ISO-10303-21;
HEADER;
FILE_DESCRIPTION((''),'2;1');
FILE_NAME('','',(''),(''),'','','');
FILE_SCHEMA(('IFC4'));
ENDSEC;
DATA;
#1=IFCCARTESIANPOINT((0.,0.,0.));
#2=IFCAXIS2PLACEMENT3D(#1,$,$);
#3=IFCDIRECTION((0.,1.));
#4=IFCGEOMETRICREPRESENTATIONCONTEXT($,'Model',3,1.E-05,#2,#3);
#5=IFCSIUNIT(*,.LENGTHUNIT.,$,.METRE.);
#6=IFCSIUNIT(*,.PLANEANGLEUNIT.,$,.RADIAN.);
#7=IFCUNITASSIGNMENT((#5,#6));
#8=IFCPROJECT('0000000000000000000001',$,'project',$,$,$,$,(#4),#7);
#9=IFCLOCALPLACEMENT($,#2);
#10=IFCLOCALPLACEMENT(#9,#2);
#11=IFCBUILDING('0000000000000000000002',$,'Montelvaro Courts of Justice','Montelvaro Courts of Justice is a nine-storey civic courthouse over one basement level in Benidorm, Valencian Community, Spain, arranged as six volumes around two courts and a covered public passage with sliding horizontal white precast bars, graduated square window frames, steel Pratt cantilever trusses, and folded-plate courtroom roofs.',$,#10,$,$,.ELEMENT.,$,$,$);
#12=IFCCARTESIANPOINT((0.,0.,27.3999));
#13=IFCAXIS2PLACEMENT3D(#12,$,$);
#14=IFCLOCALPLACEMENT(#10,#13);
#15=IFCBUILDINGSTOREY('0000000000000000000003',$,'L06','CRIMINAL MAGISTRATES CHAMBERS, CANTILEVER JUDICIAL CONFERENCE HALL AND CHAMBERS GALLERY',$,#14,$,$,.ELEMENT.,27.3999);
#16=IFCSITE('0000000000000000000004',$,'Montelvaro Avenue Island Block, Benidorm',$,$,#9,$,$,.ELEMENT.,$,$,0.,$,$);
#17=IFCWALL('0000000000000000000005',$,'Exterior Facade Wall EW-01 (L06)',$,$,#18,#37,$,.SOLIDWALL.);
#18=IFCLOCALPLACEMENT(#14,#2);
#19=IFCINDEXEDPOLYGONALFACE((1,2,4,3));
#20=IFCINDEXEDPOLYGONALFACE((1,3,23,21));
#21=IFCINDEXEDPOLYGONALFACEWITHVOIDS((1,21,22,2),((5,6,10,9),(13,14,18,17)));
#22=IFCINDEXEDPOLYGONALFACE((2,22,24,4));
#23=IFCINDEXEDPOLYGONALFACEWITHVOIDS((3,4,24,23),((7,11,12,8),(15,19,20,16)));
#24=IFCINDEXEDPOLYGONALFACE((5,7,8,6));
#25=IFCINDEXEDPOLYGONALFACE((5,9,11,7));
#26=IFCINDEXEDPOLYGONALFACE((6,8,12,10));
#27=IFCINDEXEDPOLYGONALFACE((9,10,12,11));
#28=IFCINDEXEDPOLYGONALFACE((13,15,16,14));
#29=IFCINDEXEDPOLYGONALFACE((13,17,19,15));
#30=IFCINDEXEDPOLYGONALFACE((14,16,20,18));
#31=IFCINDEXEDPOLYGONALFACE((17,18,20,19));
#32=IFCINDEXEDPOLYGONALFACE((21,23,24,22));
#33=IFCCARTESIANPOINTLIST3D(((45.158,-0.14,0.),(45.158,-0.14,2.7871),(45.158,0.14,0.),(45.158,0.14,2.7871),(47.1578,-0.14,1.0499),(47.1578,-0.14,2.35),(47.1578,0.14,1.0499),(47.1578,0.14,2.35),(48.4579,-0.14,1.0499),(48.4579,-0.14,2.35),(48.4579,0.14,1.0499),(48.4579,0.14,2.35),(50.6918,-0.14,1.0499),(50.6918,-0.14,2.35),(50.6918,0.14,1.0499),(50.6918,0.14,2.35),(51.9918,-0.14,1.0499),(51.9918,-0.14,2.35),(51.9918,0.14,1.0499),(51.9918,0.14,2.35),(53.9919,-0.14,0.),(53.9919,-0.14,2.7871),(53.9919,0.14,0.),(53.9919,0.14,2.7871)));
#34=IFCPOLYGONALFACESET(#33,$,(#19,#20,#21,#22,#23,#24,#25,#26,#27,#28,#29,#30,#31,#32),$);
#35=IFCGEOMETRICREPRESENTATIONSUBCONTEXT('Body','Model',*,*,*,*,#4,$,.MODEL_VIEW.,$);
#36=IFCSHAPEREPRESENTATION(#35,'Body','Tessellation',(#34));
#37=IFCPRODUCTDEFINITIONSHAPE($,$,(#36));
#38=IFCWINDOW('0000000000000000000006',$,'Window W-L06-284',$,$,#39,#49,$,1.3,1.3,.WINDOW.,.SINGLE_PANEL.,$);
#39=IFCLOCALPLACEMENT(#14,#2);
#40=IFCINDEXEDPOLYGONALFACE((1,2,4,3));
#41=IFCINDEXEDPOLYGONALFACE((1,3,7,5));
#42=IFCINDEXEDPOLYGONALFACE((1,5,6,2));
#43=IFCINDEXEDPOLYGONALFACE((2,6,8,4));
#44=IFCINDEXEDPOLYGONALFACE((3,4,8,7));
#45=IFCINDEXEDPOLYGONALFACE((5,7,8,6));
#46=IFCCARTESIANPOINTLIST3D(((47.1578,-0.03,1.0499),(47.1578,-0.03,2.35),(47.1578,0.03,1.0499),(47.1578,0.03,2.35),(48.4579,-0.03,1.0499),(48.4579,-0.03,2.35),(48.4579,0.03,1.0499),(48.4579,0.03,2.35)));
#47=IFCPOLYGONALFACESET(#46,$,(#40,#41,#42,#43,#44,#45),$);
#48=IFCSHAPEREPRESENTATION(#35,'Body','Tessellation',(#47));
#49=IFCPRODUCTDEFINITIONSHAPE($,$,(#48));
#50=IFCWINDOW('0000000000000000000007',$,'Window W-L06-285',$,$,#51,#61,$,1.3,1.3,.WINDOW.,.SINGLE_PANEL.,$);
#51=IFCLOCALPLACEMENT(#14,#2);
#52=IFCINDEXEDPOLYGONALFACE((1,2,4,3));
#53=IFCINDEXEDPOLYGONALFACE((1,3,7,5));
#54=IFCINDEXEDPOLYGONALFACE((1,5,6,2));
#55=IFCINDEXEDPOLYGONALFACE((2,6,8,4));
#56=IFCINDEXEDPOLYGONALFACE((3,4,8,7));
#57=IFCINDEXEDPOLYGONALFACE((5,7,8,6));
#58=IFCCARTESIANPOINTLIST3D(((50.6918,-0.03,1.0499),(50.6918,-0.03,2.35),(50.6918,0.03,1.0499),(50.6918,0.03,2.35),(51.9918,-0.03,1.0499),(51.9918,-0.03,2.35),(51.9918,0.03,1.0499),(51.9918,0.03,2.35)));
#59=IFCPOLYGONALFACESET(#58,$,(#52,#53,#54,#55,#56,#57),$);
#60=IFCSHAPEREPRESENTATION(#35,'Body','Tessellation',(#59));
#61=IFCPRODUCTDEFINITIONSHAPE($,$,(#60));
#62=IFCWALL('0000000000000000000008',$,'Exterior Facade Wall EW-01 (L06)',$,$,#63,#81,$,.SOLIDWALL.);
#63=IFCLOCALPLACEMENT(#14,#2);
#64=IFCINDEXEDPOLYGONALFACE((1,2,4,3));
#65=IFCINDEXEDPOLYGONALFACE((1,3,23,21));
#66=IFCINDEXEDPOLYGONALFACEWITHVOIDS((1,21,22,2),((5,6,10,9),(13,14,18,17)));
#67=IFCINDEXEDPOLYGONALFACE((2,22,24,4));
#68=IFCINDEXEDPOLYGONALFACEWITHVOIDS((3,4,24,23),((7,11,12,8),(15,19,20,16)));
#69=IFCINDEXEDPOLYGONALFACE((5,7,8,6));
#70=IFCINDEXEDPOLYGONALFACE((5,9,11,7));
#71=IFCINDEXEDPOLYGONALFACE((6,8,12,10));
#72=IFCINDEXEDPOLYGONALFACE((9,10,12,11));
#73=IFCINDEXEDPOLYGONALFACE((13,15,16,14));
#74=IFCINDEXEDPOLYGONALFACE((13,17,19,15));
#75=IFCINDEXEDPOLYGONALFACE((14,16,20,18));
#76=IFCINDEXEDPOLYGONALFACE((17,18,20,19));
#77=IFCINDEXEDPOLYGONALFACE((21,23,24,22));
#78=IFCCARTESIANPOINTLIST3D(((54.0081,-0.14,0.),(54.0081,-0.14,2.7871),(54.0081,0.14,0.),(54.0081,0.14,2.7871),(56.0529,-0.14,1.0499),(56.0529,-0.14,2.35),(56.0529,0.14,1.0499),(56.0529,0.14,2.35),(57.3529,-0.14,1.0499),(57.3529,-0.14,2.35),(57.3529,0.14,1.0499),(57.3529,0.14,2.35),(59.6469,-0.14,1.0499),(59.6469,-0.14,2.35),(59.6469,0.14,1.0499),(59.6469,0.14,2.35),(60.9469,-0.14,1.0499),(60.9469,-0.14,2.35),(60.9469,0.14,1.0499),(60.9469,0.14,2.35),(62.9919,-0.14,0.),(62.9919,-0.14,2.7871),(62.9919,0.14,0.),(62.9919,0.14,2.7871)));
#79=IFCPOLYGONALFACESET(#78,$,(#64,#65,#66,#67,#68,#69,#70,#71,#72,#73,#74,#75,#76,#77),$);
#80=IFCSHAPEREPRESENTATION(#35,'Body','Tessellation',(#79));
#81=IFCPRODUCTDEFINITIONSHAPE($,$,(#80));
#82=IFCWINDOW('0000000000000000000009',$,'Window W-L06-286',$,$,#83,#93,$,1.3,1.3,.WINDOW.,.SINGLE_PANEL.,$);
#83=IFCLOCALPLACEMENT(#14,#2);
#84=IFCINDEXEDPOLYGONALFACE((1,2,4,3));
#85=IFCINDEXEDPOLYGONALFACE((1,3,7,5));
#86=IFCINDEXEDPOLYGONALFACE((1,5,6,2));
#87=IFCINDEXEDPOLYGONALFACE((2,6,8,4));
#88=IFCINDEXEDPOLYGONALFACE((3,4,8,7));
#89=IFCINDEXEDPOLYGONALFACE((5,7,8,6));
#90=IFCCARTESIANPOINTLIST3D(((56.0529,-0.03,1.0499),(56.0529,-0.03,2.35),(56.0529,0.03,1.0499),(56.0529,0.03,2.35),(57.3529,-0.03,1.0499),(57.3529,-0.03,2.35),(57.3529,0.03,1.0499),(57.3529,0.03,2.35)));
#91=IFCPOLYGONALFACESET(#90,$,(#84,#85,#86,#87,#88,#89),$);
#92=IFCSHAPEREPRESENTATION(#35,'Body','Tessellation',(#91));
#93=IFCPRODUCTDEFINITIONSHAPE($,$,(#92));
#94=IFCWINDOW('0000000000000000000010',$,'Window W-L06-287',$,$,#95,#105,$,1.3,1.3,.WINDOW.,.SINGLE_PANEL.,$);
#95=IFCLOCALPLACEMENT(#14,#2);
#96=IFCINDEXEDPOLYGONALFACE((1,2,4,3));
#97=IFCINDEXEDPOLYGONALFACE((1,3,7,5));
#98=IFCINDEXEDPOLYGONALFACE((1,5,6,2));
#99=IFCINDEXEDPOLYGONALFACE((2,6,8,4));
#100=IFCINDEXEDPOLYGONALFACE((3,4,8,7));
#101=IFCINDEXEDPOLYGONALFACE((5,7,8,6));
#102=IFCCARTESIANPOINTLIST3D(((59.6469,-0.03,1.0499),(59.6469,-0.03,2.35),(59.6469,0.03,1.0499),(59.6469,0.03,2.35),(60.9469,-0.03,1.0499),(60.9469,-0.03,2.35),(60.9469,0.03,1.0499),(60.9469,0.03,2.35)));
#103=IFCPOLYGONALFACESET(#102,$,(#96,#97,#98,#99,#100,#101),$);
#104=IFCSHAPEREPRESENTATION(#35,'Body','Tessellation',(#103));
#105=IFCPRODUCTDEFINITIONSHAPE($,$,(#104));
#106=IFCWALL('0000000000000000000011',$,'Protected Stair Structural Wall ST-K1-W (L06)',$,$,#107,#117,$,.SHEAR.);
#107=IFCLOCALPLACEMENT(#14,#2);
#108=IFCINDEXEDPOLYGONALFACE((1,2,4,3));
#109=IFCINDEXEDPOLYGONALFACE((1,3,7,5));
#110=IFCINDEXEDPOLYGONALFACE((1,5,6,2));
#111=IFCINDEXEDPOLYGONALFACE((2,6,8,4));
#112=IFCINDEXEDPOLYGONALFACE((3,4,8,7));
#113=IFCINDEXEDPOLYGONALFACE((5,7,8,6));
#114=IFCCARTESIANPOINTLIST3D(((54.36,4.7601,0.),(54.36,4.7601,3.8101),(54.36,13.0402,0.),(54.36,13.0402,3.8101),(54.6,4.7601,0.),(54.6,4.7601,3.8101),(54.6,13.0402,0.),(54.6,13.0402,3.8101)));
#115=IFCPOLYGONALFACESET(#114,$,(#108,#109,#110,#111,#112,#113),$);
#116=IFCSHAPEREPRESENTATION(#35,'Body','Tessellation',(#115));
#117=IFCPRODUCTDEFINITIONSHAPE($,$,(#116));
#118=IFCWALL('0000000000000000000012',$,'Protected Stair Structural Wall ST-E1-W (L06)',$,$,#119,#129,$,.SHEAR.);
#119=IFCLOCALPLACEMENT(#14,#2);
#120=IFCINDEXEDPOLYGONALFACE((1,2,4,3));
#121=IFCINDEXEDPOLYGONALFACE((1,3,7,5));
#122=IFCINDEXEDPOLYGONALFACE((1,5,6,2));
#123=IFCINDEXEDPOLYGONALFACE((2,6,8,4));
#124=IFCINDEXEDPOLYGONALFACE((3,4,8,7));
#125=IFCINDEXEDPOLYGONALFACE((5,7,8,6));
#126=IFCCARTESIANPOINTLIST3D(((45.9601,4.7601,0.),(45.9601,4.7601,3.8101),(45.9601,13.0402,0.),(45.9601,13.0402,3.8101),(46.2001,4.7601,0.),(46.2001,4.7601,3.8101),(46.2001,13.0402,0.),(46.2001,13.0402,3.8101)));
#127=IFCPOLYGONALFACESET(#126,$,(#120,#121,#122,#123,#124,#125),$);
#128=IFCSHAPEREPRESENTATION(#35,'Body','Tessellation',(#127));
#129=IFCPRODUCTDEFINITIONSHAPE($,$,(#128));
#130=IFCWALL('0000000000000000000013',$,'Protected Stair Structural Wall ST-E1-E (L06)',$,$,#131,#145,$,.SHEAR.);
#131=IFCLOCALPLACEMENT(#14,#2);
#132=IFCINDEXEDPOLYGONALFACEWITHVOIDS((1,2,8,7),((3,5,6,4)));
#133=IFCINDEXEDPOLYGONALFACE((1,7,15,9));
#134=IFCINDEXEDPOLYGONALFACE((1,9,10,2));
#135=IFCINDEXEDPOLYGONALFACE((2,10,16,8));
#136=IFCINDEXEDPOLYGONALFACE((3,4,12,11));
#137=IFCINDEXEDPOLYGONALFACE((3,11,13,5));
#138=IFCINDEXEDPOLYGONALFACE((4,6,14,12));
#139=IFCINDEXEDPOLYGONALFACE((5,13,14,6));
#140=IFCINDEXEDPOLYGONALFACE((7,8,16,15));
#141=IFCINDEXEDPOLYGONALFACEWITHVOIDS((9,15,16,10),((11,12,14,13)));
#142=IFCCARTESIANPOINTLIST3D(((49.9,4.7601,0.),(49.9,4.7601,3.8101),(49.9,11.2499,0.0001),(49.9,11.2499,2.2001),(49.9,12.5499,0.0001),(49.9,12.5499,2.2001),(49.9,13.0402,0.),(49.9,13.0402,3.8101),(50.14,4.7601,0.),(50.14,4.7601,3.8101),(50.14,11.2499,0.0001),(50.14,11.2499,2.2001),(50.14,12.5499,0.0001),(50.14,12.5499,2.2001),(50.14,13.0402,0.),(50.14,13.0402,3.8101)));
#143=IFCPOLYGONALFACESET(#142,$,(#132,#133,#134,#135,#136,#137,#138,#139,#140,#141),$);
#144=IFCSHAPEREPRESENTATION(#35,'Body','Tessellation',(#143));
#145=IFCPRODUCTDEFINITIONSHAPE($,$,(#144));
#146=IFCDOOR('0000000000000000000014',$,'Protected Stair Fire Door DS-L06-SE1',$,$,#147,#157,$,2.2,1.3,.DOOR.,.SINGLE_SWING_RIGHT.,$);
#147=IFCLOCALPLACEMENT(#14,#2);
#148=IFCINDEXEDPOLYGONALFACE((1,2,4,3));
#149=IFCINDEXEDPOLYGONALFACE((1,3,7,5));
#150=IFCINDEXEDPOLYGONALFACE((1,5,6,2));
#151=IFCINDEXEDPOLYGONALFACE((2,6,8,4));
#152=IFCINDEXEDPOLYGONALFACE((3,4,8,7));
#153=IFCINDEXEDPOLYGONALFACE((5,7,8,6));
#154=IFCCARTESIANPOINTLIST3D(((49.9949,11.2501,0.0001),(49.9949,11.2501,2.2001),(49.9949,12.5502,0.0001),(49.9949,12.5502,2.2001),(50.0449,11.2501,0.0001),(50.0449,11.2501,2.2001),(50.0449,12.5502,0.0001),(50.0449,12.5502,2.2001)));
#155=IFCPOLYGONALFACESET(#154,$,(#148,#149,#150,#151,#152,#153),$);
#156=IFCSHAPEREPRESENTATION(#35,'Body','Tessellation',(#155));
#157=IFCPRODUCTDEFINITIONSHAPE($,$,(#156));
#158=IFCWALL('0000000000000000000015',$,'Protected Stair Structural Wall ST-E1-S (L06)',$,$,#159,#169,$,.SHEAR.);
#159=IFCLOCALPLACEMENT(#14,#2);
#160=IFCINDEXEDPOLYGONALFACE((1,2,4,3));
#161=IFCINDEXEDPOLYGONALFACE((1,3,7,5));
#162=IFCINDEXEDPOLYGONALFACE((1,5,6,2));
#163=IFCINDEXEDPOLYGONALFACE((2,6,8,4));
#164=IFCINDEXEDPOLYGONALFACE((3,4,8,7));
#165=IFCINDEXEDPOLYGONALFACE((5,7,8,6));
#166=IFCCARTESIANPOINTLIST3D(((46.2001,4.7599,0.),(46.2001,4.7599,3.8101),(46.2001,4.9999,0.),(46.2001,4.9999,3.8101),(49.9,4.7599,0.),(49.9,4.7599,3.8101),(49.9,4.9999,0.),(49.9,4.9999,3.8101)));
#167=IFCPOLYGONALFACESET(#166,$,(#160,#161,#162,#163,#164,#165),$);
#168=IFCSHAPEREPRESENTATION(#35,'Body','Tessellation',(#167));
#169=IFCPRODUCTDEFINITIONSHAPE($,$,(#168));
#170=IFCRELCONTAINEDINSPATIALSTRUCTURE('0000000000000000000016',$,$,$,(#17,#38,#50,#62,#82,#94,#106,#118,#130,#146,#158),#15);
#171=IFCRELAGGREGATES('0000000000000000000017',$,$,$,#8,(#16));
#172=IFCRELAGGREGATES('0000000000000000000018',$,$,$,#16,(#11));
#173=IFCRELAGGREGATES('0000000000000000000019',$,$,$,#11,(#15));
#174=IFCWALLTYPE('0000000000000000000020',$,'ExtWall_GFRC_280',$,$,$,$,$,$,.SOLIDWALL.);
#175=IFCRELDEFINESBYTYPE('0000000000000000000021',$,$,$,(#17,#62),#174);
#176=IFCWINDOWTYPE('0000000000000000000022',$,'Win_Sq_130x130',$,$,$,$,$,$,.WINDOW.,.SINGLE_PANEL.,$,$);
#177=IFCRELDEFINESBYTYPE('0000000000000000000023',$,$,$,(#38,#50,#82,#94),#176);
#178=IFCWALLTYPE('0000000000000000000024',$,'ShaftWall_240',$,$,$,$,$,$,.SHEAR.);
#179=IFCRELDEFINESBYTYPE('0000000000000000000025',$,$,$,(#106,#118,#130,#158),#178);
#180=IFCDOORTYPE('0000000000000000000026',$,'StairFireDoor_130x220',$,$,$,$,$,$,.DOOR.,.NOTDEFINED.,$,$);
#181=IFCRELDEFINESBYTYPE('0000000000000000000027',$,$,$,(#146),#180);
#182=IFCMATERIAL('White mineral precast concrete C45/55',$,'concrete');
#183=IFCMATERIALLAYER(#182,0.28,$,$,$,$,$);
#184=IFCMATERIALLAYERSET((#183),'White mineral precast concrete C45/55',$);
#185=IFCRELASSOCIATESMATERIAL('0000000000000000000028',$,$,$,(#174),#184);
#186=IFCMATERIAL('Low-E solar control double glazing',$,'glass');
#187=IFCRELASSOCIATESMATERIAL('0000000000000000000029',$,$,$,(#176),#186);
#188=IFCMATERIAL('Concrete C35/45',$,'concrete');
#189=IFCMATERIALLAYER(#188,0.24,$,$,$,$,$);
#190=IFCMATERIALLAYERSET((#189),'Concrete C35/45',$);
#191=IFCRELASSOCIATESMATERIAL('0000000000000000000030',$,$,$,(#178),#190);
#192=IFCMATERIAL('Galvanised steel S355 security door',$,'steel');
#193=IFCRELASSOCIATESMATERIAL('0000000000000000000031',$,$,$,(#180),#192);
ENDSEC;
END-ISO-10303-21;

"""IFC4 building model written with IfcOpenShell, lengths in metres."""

from ifc_helpers import new_model, si_unit, direction, frame, frame_2d, origin, place, context, subcontext, project, spatial, rectangle, extrude, material, layer, layer_set, type_object, element, fill, save


model = new_model("IFC4")

# Units and contexts
model_context = context("Model", 3, precision=1e-05, world=origin(), true_north=direction((0.0, 1.0)))
body_context = subcontext(model_context, "Body", "Model", "MODEL_VIEW")
ifc_project = project(units=[si_unit("LENGTHUNIT", "METRE"), si_unit("PLANEANGLEUNIT", "RADIAN")], contexts=[model_context])

# Site, building, storey
site_placement = place(None, origin())
site = spatial("IfcSite", under=ifc_project, at=site_placement, Name="Montelvaro Avenue Island Block, Benidorm", CompositionType="ELEMENT", RefElevation=0.0)
building_placement = place(site_placement, origin())
building = spatial("IfcBuilding", under=site, at=building_placement, Name="Montelvaro Courts of Justice", Description="Montelvaro Courts of Justice is a nine-storey civic courthouse over one basement level in Benidorm, Valencian Community, Spain, arranged as six volumes around two courts and a covered public passage with sliding horizontal white precast bars, graduated square window frames, steel Pratt cantilever trusses, and folded-plate courtroom roofs.", CompositionType="ELEMENT")
storey_placement = place(building_placement, frame((0.0, 0.0, 27.3999)))
storey = spatial("IfcBuildingStorey", under=building, at=storey_placement, Name="L06", Description="CRIMINAL MAGISTRATES CHAMBERS, CANTILEVER JUDICIAL CONFERENCE HALL AND CHAMBERS GALLERY", CompositionType="ELEMENT", Elevation=27.3999)

# Shared definitions
ifc_material_1 = material(Name="White mineral precast concrete C45/55", Category="concrete")

# Walls, openings, windows
ifc_layer_1 = layer(ifc_material_1, 0.28)
ifc_layer_set_1 = layer_set([ifc_layer_1], Name="White mineral precast concrete C45/55")
wall_type_1 = type_object("IfcWallType", Name="ExtWall_GFRC_280", PredefinedType="SOLIDWALL", material=ifc_layer_set_1)
wall_1_placement = place(storey_placement, frame((45.158, 0.0, 0.0), z_axis=(0.0, 0.0, 1.0), x_axis=(1.0, 0.0, 0.0)))
wall_1 = element("IfcWall", 1, at=wall_1_placement, inside=storey, type_object=wall_type_1, Name="Exterior Facade Wall EW-01 (L06)", PredefinedType="SOLIDWALL", context=body_context, shape_type="SweptSolid", body=[
    extrude(rectangle(XDim=8.834, YDim=0.28, at=frame_2d((4.417, 0.0))), origin(), (0.0, 0.0, 1.0), 2.7871),
])
opening_1_placement = place(wall_1_placement, frame((2.0, 0.0, 1.05)))
opening_1 = element("IfcOpeningElement", 2, at=opening_1_placement, cuts=wall_1, PredefinedType="OPENING", context=body_context, shape_type="SweptSolid", body=[
    extrude(rectangle(XDim=1.3, YDim=1.3, at=frame_2d((0.6499, 0.6499))), frame((0.0, 0.1548, 0.0), z_axis=(0.0, -1.0, 0.0), x_axis=(1.0, 0.0, 0.0)), (0.0, 0.0, 1.0), 0.3098),
])
opening_2_placement = place(wall_1_placement, frame((5.5339, 0.0, 1.05)))
opening_2 = element("IfcOpeningElement", 3, at=opening_2_placement, cuts=wall_1, PredefinedType="OPENING", context=body_context, shape_type="SweptSolid", body=[
    extrude(rectangle(XDim=1.3, YDim=1.3, at=frame_2d((0.6499, 0.6499))), frame((0.0, 0.1548, 0.0), z_axis=(0.0, -1.0, 0.0), x_axis=(1.0, 0.0, 0.0)), (0.0, 0.0, 1.0), 0.3098),
])
ifc_material_2 = material(Name="Low-E solar control double glazing", Category="glass")
window_type = type_object("IfcWindowType", Name="Win_Sq_130x130", PartitioningType="SINGLE_PANEL", PredefinedType="WINDOW", material=ifc_material_2)
window_1_placement = place(opening_1_placement, origin())
window_1 = element("IfcWindow", 4, at=window_1_placement, inside=storey, type_object=window_type, Name="Window W-L06-284", OverallHeight=1.3, OverallWidth=1.3, PartitioningType="SINGLE_PANEL", PredefinedType="WINDOW", context=body_context, shape_type="SweptSolid", body=[
    extrude(rectangle(XDim=1.3, YDim=1.3, at=frame_2d((0.6499, 0.6499))), frame((0.0, 0.03, 0.0), z_axis=(0.0, -1.0, 0.0), x_axis=(1.0, 0.0, 0.0)), (0.0, 0.0, 1.0), 0.0601),
])
fill(opening_1, window_1)
window_2_placement = place(opening_2_placement, origin())
window_2 = element("IfcWindow", 5, at=window_2_placement, inside=storey, type_object=window_type, Name="Window W-L06-285", OverallHeight=1.3, OverallWidth=1.3, PartitioningType="SINGLE_PANEL", PredefinedType="WINDOW", context=body_context, shape_type="SweptSolid", body=[
    extrude(rectangle(XDim=1.3, YDim=1.3, at=frame_2d((0.6499, 0.6499))), frame((0.0, 0.03, 0.0), z_axis=(0.0, -1.0, 0.0), x_axis=(1.0, 0.0, 0.0)), (0.0, 0.0, 1.0), 0.0601),
])
fill(opening_2, window_2)
wall_2_placement = place(storey_placement, frame((54.0081, 0.0, 0.0), z_axis=(0.0, 0.0, 1.0), x_axis=(1.0, 0.0, 0.0)))
wall_2 = element("IfcWall", 6, at=wall_2_placement, inside=storey, type_object=wall_type_1, Name="Exterior Facade Wall EW-01 (L06)", PredefinedType="SOLIDWALL", context=body_context, shape_type="SweptSolid", body=[
    extrude(rectangle(XDim=8.9839, YDim=0.28, at=frame_2d((4.4919, 0.0))), origin(), (0.0, 0.0, 1.0), 2.7871),
])
opening_3_placement = place(wall_2_placement, frame((2.0449, 0.0, 1.05)))
opening_3 = element("IfcOpeningElement", 7, at=opening_3_placement, cuts=wall_2, PredefinedType="OPENING", context=body_context, shape_type="SweptSolid", body=[
    extrude(rectangle(XDim=1.3, YDim=1.3, at=frame_2d((0.6499, 0.6499))), frame((0.0, 0.1548, 0.0), z_axis=(0.0, -1.0, 0.0), x_axis=(1.0, 0.0, 0.0)), (0.0, 0.0, 1.0), 0.3098),
])
opening_4_placement = place(wall_2_placement, frame((5.6389, 0.0, 1.05)))
opening_4 = element("IfcOpeningElement", 8, at=opening_4_placement, cuts=wall_2, PredefinedType="OPENING", context=body_context, shape_type="SweptSolid", body=[
    extrude(rectangle(XDim=1.3, YDim=1.3, at=frame_2d((0.6499, 0.6499))), frame((0.0, 0.1548, 0.0), z_axis=(0.0, -1.0, 0.0), x_axis=(1.0, 0.0, 0.0)), (0.0, 0.0, 1.0), 0.3098),
])
window_3_placement = place(opening_3_placement, origin())
window_3 = element("IfcWindow", 9, at=window_3_placement, inside=storey, type_object=window_type, Name="Window W-L06-286", OverallHeight=1.3, OverallWidth=1.3, PartitioningType="SINGLE_PANEL", PredefinedType="WINDOW", context=body_context, shape_type="SweptSolid", body=[
    extrude(rectangle(XDim=1.3, YDim=1.3, at=frame_2d((0.6499, 0.6499))), frame((0.0, 0.03, 0.0), z_axis=(0.0, -1.0, 0.0), x_axis=(1.0, 0.0, 0.0)), (0.0, 0.0, 1.0), 0.0601),
])
fill(opening_3, window_3)
window_4_placement = place(opening_4_placement, origin())
window_4 = element("IfcWindow", 10, at=window_4_placement, inside=storey, type_object=window_type, Name="Window W-L06-287", OverallHeight=1.3, OverallWidth=1.3, PartitioningType="SINGLE_PANEL", PredefinedType="WINDOW", context=body_context, shape_type="SweptSolid", body=[
    extrude(rectangle(XDim=1.3, YDim=1.3, at=frame_2d((0.6499, 0.6499))), frame((0.0, 0.03, 0.0), z_axis=(0.0, -1.0, 0.0), x_axis=(1.0, 0.0, 0.0)), (0.0, 0.0, 1.0), 0.0601),
])
fill(opening_4, window_4)

# Walls
ifc_material_3 = material(Name="Concrete C35/45", Category="concrete")
ifc_layer_2 = layer(ifc_material_3, 0.24)
ifc_layer_set_2 = layer_set([ifc_layer_2], Name="Concrete C35/45")
wall_type_2 = type_object("IfcWallType", Name="ShaftWall_240", PredefinedType="SHEAR", material=ifc_layer_set_2)
for number, where, z_axis, x_axis, name in (
    (11, (54.48, 4.76, 0.0), (0.0, 0.0, 1.0), (0.0, 1.0, 0.0), "Protected Stair Structural Wall ST-K1-W (L06)"),
    (12, (46.0801, 4.76, 0.0), (0.0, 0.0, 1.0), (0.0, 1.0, 0.0), "Protected Stair Structural Wall ST-E1-W (L06)"),
):
    element("IfcWall", number, at=place(storey_placement, frame(where, z_axis=z_axis, x_axis=x_axis)), inside=storey, type_object=wall_type_2, Name=name, PredefinedType="SHEAR", context=body_context, shape_type="SweptSolid", body=[
        extrude(rectangle(XDim=8.28, YDim=0.24, at=frame_2d((4.1401, 0.0))), origin(), (0.0, 0.0, 1.0), 3.8101),
    ])

# Wall, opening, door
wall_3_placement = place(storey_placement, frame((50.02, 4.76, 0.0), z_axis=(0.0, 0.0, 1.0), x_axis=(0.0, 1.0, 0.0)))
wall_3 = element("IfcWall", 13, at=wall_3_placement, inside=storey, type_object=wall_type_2, Name="Protected Stair Structural Wall ST-E1-E (L06)", PredefinedType="SHEAR", context=body_context, shape_type="SweptSolid", body=[
    extrude(rectangle(XDim=8.28, YDim=0.24, at=frame_2d((4.1401, 0.0))), origin(), (0.0, 0.0, 1.0), 3.8101),
])
opening_5_placement = place(wall_3_placement, frame((6.49, 0.0, 0.0)))
opening_5 = element("IfcOpeningElement", 14, at=opening_5_placement, cuts=wall_3, PredefinedType="OPENING", context=body_context, shape_type="SweptSolid", body=[
    extrude(rectangle(XDim=1.3, YDim=2.2, at=frame_2d((0.6499, 1.1001))), frame((0.0, 0.1348, 0.0), z_axis=(0.0, -1.0, 0.0), x_axis=(1.0, 0.0, 0.0)), (0.0, 0.0, 1.0), 0.2698),
])
ifc_material_4 = material(Name="Galvanised steel S355 security door", Category="steel")
door_type_1 = type_object("IfcDoorType", Name="StairFireDoor_130x220", OperationType="NOTDEFINED", PredefinedType="DOOR", material=ifc_material_4)
door_1_placement = place(opening_5_placement, frame((1.3, 0.0, 0.0), z_axis=(0.0, 0.0, 1.0), x_axis=(-1.0, 0.0, 0.0)))
door_1 = element("IfcDoor", 15, at=door_1_placement, inside=storey, type_object=door_type_1, Name="Protected Stair Fire Door DS-L06-SE1", OperationType="SINGLE_SWING_RIGHT", OverallHeight=2.2, OverallWidth=1.3, PredefinedType="DOOR", context=body_context, shape_type="SweptSolid", body=[
    extrude(rectangle(XDim=1.3, YDim=2.2, at=frame_2d((0.6499, 1.1001))), frame((0.0, 0.0249, 0.0), z_axis=(0.0, -1.0, 0.0), x_axis=(1.0, 0.0, 0.0)), (0.0, 0.0, 1.0), 0.05),
])
fill(opening_5, door_1)

# Wall
wall_4_placement = place(storey_placement, frame((46.2, 4.8799, 0.0), z_axis=(0.0, 0.0, 1.0), x_axis=(1.0, 0.0, 0.0)))
element("IfcWall", 16, at=wall_4_placement, inside=storey, type_object=wall_type_2, Name="Protected Stair Structural Wall ST-E1-S (L06)", PredefinedType="SHEAR", context=body_context, shape_type="SweptSolid", body=[
    extrude(rectangle(XDim=3.7, YDim=0.24, at=frame_2d((1.8501, 0.0))), origin(), (0.0, 0.0, 1.0), 3.8101),
])

save(model, "model.ifc")
